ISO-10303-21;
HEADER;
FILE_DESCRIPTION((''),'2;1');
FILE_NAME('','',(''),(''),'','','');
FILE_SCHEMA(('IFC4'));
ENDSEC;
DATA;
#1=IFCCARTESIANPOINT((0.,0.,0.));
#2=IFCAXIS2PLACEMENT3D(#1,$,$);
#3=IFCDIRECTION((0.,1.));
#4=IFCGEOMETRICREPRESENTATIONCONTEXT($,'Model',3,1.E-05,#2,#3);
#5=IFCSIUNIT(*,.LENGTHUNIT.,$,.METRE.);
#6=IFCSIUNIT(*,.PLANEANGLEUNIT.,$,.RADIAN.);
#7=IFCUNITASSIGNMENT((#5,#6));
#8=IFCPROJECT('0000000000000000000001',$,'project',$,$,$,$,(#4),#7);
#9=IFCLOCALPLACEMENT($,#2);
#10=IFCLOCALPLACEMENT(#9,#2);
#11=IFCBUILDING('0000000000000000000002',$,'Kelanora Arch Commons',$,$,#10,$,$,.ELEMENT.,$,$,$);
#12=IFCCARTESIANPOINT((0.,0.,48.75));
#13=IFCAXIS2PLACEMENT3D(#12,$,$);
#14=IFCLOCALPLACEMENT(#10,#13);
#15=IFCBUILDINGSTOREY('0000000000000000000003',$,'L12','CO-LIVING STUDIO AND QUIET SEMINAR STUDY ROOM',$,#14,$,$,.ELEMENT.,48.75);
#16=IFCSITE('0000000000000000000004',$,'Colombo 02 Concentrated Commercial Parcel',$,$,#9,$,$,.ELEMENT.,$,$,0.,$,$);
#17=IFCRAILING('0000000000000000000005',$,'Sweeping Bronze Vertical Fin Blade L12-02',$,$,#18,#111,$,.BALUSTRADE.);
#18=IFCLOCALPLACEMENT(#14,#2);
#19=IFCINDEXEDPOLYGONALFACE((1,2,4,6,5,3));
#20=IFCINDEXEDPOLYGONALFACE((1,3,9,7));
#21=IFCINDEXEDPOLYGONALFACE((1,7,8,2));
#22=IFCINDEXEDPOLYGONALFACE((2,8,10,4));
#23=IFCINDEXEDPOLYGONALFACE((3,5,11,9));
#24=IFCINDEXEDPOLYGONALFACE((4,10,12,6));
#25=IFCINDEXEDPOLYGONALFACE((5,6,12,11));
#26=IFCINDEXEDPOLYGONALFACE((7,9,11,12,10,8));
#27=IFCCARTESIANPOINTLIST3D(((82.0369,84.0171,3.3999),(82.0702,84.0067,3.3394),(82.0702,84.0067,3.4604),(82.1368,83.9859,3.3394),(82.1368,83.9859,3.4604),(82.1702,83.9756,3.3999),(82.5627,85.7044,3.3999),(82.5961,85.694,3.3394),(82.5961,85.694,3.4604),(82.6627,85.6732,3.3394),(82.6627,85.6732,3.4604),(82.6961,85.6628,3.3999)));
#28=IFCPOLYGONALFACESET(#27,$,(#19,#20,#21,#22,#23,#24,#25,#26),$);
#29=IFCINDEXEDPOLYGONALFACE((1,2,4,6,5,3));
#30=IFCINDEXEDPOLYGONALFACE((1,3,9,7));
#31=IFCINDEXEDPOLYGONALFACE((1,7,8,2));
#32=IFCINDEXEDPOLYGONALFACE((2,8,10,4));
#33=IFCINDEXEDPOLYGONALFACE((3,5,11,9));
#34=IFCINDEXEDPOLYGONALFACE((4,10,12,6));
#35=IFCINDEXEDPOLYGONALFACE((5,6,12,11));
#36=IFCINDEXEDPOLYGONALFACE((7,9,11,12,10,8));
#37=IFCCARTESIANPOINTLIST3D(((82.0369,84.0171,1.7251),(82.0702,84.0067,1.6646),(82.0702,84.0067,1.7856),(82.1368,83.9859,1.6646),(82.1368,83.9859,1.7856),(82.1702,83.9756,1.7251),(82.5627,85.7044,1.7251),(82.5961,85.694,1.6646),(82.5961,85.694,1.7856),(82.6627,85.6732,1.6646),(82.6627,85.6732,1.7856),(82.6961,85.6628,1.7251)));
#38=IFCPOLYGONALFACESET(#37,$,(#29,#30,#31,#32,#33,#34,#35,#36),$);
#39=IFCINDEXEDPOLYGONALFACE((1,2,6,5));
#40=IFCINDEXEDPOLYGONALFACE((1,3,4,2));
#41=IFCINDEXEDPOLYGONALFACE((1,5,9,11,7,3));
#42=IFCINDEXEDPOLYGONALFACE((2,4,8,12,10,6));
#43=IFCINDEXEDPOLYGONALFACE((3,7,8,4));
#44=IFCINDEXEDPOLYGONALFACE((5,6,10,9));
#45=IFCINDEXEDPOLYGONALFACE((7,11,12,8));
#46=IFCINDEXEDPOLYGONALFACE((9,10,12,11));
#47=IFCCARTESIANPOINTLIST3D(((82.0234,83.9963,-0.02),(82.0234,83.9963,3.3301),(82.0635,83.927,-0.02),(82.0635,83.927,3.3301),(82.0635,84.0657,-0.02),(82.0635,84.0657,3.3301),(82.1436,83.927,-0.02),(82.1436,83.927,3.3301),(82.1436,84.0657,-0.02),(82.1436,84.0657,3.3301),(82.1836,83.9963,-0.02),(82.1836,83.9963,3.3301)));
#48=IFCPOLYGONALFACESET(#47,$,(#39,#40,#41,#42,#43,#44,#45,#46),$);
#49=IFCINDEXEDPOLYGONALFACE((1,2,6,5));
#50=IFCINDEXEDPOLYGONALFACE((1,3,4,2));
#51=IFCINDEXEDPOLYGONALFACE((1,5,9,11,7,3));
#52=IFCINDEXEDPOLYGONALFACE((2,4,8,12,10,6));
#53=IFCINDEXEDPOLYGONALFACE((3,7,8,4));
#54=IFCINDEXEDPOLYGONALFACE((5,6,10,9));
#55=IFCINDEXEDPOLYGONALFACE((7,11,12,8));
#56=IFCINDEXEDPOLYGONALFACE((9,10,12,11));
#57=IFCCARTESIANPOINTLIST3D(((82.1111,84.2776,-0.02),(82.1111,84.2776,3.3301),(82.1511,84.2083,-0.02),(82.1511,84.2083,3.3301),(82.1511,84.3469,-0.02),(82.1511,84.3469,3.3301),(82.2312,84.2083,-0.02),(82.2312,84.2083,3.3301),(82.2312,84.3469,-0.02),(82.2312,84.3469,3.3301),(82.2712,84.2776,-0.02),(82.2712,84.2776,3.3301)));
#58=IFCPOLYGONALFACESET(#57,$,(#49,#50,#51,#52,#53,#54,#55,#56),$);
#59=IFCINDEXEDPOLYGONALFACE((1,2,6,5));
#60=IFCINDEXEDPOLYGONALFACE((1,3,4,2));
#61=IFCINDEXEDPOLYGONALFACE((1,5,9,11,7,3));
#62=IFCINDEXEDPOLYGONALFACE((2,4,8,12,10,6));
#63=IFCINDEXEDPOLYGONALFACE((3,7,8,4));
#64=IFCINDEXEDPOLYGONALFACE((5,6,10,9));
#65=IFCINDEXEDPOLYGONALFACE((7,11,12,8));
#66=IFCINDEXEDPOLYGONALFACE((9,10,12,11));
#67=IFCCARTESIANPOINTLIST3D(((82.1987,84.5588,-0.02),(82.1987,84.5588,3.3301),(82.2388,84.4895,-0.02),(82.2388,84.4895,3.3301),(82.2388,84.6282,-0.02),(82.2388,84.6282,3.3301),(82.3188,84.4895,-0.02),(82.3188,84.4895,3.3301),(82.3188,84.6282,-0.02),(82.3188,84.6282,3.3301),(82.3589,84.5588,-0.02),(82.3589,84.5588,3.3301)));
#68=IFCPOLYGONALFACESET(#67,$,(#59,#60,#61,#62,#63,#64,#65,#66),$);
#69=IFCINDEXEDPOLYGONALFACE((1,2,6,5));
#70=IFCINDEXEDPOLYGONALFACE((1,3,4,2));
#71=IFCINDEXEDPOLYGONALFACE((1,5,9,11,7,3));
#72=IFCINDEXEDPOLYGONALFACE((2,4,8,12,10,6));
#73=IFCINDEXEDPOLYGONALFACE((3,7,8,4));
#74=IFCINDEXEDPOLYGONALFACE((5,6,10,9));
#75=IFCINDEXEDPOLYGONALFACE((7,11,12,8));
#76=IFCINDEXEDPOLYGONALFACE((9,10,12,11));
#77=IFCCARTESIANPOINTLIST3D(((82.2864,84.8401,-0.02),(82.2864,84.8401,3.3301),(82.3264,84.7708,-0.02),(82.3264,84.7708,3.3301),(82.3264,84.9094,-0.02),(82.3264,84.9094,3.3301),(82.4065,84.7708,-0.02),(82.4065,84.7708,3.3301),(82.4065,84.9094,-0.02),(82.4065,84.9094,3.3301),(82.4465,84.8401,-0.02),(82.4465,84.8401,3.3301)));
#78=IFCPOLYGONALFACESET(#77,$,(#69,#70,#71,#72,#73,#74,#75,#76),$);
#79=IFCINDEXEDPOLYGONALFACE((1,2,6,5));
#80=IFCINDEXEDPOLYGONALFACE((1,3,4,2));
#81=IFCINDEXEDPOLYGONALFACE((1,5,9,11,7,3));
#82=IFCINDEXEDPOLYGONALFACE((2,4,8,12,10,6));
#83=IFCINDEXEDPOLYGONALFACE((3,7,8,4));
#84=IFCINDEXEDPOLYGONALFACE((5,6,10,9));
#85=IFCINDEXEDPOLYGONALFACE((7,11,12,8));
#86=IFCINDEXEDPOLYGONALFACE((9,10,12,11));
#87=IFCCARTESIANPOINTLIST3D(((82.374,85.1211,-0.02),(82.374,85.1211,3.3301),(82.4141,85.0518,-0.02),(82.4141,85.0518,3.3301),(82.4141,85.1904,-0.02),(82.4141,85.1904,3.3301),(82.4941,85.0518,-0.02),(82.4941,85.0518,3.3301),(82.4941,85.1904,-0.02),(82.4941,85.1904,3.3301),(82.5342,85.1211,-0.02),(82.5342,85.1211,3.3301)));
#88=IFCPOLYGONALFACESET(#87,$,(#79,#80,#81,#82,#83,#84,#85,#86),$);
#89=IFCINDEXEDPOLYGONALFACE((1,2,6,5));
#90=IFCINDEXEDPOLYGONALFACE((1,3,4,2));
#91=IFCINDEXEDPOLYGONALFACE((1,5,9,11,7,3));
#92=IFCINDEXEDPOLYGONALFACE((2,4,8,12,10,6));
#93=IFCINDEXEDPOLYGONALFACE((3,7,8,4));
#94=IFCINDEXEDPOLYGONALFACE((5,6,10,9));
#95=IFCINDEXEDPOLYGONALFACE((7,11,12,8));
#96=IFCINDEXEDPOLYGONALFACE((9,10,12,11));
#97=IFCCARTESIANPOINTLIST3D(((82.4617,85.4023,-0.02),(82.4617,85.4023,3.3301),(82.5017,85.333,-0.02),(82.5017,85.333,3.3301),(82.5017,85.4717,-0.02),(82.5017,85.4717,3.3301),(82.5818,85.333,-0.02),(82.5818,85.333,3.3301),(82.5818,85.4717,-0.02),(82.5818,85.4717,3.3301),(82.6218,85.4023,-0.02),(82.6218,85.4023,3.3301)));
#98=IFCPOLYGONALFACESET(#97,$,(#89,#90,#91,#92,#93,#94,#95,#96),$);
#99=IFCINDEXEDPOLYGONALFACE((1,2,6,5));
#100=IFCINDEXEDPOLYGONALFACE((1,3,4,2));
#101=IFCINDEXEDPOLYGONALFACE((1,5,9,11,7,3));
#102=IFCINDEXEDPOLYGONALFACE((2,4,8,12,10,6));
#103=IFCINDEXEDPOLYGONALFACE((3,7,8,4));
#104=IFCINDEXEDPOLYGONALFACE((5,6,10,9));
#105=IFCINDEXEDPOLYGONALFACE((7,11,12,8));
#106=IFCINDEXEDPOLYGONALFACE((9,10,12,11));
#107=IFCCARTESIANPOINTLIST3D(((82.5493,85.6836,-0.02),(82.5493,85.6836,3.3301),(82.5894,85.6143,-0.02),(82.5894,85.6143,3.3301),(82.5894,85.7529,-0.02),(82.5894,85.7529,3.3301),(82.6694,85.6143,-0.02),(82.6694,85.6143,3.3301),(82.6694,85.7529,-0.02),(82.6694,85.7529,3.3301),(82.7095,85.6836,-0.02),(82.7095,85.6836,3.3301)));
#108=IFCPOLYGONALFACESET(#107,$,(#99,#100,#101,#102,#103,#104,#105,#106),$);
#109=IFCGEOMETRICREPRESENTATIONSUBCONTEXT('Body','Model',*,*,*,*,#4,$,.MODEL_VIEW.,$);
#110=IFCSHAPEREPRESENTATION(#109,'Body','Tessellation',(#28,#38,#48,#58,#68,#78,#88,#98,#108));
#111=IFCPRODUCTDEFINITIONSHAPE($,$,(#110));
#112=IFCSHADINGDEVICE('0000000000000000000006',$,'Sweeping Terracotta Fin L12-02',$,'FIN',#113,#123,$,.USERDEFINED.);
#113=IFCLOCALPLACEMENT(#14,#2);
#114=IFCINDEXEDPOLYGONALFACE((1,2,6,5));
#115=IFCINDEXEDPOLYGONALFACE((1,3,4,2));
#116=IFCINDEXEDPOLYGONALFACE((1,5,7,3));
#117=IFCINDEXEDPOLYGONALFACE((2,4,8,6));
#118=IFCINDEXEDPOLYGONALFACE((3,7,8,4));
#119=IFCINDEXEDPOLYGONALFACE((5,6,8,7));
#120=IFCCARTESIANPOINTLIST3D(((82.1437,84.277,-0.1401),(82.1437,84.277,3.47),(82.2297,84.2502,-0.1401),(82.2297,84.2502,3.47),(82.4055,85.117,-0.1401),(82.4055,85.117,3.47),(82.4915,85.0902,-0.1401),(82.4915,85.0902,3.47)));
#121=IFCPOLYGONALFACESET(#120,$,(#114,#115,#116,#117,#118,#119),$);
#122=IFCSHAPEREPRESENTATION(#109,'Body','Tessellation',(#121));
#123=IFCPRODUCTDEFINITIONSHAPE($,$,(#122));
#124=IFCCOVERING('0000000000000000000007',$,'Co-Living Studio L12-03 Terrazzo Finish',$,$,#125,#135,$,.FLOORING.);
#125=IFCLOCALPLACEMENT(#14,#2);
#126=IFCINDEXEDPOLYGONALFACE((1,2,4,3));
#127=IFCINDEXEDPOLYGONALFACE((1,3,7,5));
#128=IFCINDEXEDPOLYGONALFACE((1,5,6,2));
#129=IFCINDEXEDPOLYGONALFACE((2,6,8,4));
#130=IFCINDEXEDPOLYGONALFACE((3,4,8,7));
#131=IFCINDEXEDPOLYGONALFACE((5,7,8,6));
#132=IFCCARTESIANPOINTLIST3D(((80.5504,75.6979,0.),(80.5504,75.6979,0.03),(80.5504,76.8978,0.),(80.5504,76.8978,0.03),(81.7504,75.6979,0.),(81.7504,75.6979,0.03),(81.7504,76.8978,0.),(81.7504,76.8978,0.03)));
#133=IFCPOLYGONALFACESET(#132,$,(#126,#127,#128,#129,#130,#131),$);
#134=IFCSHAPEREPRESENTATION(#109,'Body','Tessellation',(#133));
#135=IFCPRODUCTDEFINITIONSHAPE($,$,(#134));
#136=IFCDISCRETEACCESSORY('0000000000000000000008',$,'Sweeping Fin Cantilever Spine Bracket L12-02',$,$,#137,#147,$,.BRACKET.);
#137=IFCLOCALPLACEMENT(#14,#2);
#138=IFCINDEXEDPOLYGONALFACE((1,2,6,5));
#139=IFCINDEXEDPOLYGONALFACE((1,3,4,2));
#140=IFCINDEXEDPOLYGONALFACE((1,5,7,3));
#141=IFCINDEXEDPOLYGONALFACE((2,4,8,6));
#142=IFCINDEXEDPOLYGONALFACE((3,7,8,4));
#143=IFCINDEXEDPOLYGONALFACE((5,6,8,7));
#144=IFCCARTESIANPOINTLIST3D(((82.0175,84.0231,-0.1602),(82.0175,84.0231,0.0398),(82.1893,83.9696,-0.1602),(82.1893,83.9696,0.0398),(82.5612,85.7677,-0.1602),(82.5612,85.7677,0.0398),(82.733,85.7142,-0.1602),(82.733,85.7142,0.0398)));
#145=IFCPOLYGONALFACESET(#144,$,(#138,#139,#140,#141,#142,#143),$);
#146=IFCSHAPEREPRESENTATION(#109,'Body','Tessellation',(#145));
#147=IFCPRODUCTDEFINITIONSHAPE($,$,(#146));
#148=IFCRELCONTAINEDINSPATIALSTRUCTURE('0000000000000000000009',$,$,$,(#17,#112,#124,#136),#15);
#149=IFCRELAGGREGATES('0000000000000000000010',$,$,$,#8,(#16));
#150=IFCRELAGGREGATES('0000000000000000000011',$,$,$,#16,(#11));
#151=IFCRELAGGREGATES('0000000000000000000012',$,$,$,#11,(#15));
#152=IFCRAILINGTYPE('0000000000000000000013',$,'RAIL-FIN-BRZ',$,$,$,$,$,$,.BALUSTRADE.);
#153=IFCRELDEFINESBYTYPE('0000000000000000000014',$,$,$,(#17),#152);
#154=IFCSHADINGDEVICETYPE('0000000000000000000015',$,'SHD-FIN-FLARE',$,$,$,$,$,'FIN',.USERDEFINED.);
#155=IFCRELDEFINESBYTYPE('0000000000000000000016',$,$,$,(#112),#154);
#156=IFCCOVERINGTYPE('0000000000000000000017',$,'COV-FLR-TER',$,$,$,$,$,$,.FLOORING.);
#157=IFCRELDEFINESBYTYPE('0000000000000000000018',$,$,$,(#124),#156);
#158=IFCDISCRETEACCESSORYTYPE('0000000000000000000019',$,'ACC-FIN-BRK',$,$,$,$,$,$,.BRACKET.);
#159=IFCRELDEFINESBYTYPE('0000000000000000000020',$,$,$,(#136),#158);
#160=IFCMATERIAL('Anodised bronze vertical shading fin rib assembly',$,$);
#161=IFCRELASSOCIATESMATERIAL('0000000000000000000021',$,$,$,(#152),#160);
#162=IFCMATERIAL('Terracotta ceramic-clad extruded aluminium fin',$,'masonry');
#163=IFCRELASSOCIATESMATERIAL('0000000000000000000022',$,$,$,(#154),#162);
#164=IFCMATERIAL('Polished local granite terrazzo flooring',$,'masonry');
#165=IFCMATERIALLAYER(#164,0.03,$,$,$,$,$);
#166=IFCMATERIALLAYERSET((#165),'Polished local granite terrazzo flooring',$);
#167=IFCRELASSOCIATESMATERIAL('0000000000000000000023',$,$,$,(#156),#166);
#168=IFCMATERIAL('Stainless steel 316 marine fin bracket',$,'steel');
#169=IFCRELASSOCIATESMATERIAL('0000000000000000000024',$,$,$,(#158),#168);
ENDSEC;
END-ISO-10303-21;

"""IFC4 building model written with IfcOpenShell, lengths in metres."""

from ifc_helpers import new_model, si_unit, direction, frame, origin, origin_2d, place, context, subcontext, project, spatial, polyline, rectangle, outline, extrude, source, transform, mapped, material, layer, layer_set, type_object, element, save


model = new_model("IFC4")

# Units and contexts
model_context = context("Model", 3, precision=1e-05, world=origin(), true_north=direction((0.0, 1.0)))
body_context = subcontext(model_context, "Body", "Model", "MODEL_VIEW")
ifc_project = project(units=[si_unit("LENGTHUNIT", "METRE"), si_unit("PLANEANGLEUNIT", "RADIAN")], contexts=[model_context])

# Site, building, storey
site_placement = place(None, origin())
site = spatial("IfcSite", under=ifc_project, at=site_placement, Name="Colombo 02 Concentrated Commercial Parcel", CompositionType="ELEMENT", RefElevation=0.0)
building_placement = place(site_placement, origin())
building = spatial("IfcBuilding", under=site, at=building_placement, Name="Kelanora Arch Commons", CompositionType="ELEMENT")
storey_placement = place(building_placement, frame((0.0, 0.0, 48.75)))
storey = spatial("IfcBuildingStorey", under=building, at=storey_placement, Name="L12", Description="CO-LIVING STUDIO AND QUIET SEMINAR STUDY ROOM", CompositionType="ELEMENT", Elevation=48.75)

# Railing
ifc_material_1 = material(Name="Anodised bronze vertical shading fin rib assembly")
railing_type = type_object("IfcRailingType", Name="RAIL-FIN-BRZ", PredefinedType="BALUSTRADE", material=ifc_material_1)
railing_placement = place(storey_placement, frame((82.1035, 83.9963, -0.02)))
element("IfcRailing", 1, at=railing_placement, inside=storey, type_object=railing_type, Name="Sweeping Bronze Vertical Fin Blade L12-02", PredefinedType="BALUSTRADE", context=body_context, shape_type="SweptSolid", body=[
    extrude(outline(polyline([(0.0698, 0.0), (0.0349, 0.0605), (-0.0349, 0.0605), (-0.0698, 0.0), (-0.0349, -0.0605), (0.0349, -0.0605), (0.0698, 0.0)])), frame((0.0, 0.0, 3.4199), z_axis=(0.297559, 0.954703, 0.0), x_axis=(-0.954703, 0.297559, 0.0)), (0.0, 0.0, 1.0), 1.7673),
    extrude(outline(polyline([(0.0698, 0.0), (0.0349, 0.0605), (-0.0349, 0.0605), (-0.0698, 0.0), (-0.0349, -0.0605), (0.0349, -0.0605), (0.0698, 0.0)])), frame((0.0, 0.0, 1.7451), z_axis=(0.297559, 0.954703, 0.0), x_axis=(-0.954703, 0.297559, 0.0)), (0.0, 0.0, 1.0), 1.7673),
    extrude(outline(polyline([(0.0801, 0.0), (0.04, 0.0693), (-0.04, 0.0693), (-0.0801, 0.0), (-0.04, -0.0693), (0.04, -0.0693), (0.0801, 0.0)])), origin(), (0.0, 0.0, 1.0), 3.3501),
    extrude(outline(polyline([(0.0801, 0.0), (0.04, 0.0693), (-0.04, 0.0693), (-0.0801, 0.0), (-0.04, -0.0693), (0.04, -0.0693), (0.0801, 0.0)])), frame((0.0876, 0.2812, 0.0)), (0.0, 0.0, 1.0), 3.3501),
    extrude(outline(polyline([(0.0801, 0.0), (0.04, 0.0693), (-0.04, 0.0693), (-0.0801, 0.0), (-0.04, -0.0693), (0.04, -0.0693), (0.0801, 0.0)])), frame((0.1753, 0.5625, 0.0)), (0.0, 0.0, 1.0), 3.3501),
    extrude(outline(polyline([(0.0801, 0.0), (0.04, 0.0693), (-0.04, 0.0693), (-0.0801, 0.0), (-0.04, -0.0693), (0.04, -0.0693), (0.0801, 0.0)])), frame((0.2629, 0.8438, 0.0)), (0.0, 0.0, 1.0), 3.3501),
    extrude(outline(polyline([(0.0801, 0.0), (0.04, 0.0693), (-0.04, 0.0693), (-0.0801, 0.0), (-0.04, -0.0693), (0.04, -0.0693), (0.0801, 0.0)])), frame((0.3506, 1.1248, 0.0)), (0.0, 0.0, 1.0), 3.3501),
    extrude(outline(polyline([(0.0801, 0.0), (0.04, 0.0693), (-0.04, 0.0693), (-0.0801, 0.0), (-0.04, -0.0693), (0.04, -0.0693), (0.0801, 0.0)])), frame((0.4382, 1.406, 0.0)), (0.0, 0.0, 1.0), 3.3501),
    extrude(outline(polyline([(0.0801, 0.0), (0.04, 0.0693), (-0.04, 0.0693), (-0.0801, 0.0), (-0.04, -0.0693), (0.04, -0.0693), (0.0801, 0.0)])), frame((0.5259, 1.6873, 0.0)), (0.0, 0.0, 1.0), 3.3501),
])

# Shading device
ifc_material_2 = material(Name="Terracotta ceramic-clad extruded aluminium fin", Category="masonry")
shading_device_type = type_object("IfcShadingDeviceType", Name="SHD-FIN-FLARE", ElementType="FIN", PredefinedType="USERDEFINED", material=ifc_material_2)
shared_shape_1 = source(origin(), body_context, "Body", "SweptSolid", [
    extrude(rectangle(XDim=0.8799, YDim=0.0901, at=origin_2d()), origin(), (0.0, 0.0, 1.0), 3.6101),
])
shading_device_placement = place(storey_placement, frame((82.3176, 84.6836, -0.1401), z_axis=(0.0, 0.0, 1.0), x_axis=(0.297542, 0.954709, 0.0)))
element("IfcShadingDevice", 2, at=shading_device_placement, inside=storey, type_object=shading_device_type, Name="Sweeping Terracotta Fin L12-02", ObjectType="FIN", PredefinedType="USERDEFINED", context=body_context, shape_type="MappedRepresentation", body=[
    mapped(shared_shape_1, transform((0.0, 0.0, 0.0), scale=1.0)),
])

# Covering
ifc_material_3 = material(Name="Polished local granite terrazzo flooring", Category="masonry")
ifc_layer_1 = layer(ifc_material_3, 0.03)
ifc_layer_set_1 = layer_set([ifc_layer_1], Name="Polished local granite terrazzo flooring")
covering_type = type_object("IfcCoveringType", Name="COV-FLR-TER", PredefinedType="FLOORING", material=ifc_layer_set_1)
shared_shape_2 = source(origin(), body_context, "Body", "SweptSolid", [
    extrude(rectangle(XDim=1.2, YDim=1.2, at=origin_2d()), origin(), (0.0, 0.0, 1.0), 0.03),
])
covering_placement = place(storey_placement, frame((81.1504, 76.2979, 0.0), z_axis=(0.0, 0.0, 1.0), x_axis=(1.0, 0.0, 0.0)))
element("IfcCovering", 3, at=covering_placement, inside=storey, type_object=covering_type, Name="Co-Living Studio L12-03 Terrazzo Finish", PredefinedType="FLOORING", context=body_context, shape_type="MappedRepresentation", body=[
    mapped(shared_shape_2, transform((0.0, 0.0, 0.0), scale=1.0)),
])

# Discrete accessory
ifc_material_4 = material(Name="Stainless steel 316 marine fin bracket", Category="steel")
discrete_accessory_type = type_object("IfcDiscreteAccessoryType", Name="ACC-FIN-BRK", PredefinedType="BRACKET", material=ifc_material_4)
shared_shape_3 = source(origin(), body_context, "Body", "SweptSolid", [
    extrude(rectangle(XDim=1.8274, YDim=0.1799, at=origin_2d()), origin(), (0.0, 0.0, 1.0), 0.2),
])
discrete_accessory_placement = place(storey_placement, frame((82.3752, 84.8687, -0.1602), z_axis=(0.0, 0.0, 1.0), x_axis=(0.297542, 0.954709, 0.0)))
element("IfcDiscreteAccessory", 4, at=discrete_accessory_placement, inside=storey, type_object=discrete_accessory_type, Name="Sweeping Fin Cantilever Spine Bracket L12-02", PredefinedType="BRACKET", context=body_context, shape_type="MappedRepresentation", body=[
    mapped(shared_shape_3, transform((0.0, 0.0, 0.0), scale=1.0)),
])

save(model, "model.ifc")
